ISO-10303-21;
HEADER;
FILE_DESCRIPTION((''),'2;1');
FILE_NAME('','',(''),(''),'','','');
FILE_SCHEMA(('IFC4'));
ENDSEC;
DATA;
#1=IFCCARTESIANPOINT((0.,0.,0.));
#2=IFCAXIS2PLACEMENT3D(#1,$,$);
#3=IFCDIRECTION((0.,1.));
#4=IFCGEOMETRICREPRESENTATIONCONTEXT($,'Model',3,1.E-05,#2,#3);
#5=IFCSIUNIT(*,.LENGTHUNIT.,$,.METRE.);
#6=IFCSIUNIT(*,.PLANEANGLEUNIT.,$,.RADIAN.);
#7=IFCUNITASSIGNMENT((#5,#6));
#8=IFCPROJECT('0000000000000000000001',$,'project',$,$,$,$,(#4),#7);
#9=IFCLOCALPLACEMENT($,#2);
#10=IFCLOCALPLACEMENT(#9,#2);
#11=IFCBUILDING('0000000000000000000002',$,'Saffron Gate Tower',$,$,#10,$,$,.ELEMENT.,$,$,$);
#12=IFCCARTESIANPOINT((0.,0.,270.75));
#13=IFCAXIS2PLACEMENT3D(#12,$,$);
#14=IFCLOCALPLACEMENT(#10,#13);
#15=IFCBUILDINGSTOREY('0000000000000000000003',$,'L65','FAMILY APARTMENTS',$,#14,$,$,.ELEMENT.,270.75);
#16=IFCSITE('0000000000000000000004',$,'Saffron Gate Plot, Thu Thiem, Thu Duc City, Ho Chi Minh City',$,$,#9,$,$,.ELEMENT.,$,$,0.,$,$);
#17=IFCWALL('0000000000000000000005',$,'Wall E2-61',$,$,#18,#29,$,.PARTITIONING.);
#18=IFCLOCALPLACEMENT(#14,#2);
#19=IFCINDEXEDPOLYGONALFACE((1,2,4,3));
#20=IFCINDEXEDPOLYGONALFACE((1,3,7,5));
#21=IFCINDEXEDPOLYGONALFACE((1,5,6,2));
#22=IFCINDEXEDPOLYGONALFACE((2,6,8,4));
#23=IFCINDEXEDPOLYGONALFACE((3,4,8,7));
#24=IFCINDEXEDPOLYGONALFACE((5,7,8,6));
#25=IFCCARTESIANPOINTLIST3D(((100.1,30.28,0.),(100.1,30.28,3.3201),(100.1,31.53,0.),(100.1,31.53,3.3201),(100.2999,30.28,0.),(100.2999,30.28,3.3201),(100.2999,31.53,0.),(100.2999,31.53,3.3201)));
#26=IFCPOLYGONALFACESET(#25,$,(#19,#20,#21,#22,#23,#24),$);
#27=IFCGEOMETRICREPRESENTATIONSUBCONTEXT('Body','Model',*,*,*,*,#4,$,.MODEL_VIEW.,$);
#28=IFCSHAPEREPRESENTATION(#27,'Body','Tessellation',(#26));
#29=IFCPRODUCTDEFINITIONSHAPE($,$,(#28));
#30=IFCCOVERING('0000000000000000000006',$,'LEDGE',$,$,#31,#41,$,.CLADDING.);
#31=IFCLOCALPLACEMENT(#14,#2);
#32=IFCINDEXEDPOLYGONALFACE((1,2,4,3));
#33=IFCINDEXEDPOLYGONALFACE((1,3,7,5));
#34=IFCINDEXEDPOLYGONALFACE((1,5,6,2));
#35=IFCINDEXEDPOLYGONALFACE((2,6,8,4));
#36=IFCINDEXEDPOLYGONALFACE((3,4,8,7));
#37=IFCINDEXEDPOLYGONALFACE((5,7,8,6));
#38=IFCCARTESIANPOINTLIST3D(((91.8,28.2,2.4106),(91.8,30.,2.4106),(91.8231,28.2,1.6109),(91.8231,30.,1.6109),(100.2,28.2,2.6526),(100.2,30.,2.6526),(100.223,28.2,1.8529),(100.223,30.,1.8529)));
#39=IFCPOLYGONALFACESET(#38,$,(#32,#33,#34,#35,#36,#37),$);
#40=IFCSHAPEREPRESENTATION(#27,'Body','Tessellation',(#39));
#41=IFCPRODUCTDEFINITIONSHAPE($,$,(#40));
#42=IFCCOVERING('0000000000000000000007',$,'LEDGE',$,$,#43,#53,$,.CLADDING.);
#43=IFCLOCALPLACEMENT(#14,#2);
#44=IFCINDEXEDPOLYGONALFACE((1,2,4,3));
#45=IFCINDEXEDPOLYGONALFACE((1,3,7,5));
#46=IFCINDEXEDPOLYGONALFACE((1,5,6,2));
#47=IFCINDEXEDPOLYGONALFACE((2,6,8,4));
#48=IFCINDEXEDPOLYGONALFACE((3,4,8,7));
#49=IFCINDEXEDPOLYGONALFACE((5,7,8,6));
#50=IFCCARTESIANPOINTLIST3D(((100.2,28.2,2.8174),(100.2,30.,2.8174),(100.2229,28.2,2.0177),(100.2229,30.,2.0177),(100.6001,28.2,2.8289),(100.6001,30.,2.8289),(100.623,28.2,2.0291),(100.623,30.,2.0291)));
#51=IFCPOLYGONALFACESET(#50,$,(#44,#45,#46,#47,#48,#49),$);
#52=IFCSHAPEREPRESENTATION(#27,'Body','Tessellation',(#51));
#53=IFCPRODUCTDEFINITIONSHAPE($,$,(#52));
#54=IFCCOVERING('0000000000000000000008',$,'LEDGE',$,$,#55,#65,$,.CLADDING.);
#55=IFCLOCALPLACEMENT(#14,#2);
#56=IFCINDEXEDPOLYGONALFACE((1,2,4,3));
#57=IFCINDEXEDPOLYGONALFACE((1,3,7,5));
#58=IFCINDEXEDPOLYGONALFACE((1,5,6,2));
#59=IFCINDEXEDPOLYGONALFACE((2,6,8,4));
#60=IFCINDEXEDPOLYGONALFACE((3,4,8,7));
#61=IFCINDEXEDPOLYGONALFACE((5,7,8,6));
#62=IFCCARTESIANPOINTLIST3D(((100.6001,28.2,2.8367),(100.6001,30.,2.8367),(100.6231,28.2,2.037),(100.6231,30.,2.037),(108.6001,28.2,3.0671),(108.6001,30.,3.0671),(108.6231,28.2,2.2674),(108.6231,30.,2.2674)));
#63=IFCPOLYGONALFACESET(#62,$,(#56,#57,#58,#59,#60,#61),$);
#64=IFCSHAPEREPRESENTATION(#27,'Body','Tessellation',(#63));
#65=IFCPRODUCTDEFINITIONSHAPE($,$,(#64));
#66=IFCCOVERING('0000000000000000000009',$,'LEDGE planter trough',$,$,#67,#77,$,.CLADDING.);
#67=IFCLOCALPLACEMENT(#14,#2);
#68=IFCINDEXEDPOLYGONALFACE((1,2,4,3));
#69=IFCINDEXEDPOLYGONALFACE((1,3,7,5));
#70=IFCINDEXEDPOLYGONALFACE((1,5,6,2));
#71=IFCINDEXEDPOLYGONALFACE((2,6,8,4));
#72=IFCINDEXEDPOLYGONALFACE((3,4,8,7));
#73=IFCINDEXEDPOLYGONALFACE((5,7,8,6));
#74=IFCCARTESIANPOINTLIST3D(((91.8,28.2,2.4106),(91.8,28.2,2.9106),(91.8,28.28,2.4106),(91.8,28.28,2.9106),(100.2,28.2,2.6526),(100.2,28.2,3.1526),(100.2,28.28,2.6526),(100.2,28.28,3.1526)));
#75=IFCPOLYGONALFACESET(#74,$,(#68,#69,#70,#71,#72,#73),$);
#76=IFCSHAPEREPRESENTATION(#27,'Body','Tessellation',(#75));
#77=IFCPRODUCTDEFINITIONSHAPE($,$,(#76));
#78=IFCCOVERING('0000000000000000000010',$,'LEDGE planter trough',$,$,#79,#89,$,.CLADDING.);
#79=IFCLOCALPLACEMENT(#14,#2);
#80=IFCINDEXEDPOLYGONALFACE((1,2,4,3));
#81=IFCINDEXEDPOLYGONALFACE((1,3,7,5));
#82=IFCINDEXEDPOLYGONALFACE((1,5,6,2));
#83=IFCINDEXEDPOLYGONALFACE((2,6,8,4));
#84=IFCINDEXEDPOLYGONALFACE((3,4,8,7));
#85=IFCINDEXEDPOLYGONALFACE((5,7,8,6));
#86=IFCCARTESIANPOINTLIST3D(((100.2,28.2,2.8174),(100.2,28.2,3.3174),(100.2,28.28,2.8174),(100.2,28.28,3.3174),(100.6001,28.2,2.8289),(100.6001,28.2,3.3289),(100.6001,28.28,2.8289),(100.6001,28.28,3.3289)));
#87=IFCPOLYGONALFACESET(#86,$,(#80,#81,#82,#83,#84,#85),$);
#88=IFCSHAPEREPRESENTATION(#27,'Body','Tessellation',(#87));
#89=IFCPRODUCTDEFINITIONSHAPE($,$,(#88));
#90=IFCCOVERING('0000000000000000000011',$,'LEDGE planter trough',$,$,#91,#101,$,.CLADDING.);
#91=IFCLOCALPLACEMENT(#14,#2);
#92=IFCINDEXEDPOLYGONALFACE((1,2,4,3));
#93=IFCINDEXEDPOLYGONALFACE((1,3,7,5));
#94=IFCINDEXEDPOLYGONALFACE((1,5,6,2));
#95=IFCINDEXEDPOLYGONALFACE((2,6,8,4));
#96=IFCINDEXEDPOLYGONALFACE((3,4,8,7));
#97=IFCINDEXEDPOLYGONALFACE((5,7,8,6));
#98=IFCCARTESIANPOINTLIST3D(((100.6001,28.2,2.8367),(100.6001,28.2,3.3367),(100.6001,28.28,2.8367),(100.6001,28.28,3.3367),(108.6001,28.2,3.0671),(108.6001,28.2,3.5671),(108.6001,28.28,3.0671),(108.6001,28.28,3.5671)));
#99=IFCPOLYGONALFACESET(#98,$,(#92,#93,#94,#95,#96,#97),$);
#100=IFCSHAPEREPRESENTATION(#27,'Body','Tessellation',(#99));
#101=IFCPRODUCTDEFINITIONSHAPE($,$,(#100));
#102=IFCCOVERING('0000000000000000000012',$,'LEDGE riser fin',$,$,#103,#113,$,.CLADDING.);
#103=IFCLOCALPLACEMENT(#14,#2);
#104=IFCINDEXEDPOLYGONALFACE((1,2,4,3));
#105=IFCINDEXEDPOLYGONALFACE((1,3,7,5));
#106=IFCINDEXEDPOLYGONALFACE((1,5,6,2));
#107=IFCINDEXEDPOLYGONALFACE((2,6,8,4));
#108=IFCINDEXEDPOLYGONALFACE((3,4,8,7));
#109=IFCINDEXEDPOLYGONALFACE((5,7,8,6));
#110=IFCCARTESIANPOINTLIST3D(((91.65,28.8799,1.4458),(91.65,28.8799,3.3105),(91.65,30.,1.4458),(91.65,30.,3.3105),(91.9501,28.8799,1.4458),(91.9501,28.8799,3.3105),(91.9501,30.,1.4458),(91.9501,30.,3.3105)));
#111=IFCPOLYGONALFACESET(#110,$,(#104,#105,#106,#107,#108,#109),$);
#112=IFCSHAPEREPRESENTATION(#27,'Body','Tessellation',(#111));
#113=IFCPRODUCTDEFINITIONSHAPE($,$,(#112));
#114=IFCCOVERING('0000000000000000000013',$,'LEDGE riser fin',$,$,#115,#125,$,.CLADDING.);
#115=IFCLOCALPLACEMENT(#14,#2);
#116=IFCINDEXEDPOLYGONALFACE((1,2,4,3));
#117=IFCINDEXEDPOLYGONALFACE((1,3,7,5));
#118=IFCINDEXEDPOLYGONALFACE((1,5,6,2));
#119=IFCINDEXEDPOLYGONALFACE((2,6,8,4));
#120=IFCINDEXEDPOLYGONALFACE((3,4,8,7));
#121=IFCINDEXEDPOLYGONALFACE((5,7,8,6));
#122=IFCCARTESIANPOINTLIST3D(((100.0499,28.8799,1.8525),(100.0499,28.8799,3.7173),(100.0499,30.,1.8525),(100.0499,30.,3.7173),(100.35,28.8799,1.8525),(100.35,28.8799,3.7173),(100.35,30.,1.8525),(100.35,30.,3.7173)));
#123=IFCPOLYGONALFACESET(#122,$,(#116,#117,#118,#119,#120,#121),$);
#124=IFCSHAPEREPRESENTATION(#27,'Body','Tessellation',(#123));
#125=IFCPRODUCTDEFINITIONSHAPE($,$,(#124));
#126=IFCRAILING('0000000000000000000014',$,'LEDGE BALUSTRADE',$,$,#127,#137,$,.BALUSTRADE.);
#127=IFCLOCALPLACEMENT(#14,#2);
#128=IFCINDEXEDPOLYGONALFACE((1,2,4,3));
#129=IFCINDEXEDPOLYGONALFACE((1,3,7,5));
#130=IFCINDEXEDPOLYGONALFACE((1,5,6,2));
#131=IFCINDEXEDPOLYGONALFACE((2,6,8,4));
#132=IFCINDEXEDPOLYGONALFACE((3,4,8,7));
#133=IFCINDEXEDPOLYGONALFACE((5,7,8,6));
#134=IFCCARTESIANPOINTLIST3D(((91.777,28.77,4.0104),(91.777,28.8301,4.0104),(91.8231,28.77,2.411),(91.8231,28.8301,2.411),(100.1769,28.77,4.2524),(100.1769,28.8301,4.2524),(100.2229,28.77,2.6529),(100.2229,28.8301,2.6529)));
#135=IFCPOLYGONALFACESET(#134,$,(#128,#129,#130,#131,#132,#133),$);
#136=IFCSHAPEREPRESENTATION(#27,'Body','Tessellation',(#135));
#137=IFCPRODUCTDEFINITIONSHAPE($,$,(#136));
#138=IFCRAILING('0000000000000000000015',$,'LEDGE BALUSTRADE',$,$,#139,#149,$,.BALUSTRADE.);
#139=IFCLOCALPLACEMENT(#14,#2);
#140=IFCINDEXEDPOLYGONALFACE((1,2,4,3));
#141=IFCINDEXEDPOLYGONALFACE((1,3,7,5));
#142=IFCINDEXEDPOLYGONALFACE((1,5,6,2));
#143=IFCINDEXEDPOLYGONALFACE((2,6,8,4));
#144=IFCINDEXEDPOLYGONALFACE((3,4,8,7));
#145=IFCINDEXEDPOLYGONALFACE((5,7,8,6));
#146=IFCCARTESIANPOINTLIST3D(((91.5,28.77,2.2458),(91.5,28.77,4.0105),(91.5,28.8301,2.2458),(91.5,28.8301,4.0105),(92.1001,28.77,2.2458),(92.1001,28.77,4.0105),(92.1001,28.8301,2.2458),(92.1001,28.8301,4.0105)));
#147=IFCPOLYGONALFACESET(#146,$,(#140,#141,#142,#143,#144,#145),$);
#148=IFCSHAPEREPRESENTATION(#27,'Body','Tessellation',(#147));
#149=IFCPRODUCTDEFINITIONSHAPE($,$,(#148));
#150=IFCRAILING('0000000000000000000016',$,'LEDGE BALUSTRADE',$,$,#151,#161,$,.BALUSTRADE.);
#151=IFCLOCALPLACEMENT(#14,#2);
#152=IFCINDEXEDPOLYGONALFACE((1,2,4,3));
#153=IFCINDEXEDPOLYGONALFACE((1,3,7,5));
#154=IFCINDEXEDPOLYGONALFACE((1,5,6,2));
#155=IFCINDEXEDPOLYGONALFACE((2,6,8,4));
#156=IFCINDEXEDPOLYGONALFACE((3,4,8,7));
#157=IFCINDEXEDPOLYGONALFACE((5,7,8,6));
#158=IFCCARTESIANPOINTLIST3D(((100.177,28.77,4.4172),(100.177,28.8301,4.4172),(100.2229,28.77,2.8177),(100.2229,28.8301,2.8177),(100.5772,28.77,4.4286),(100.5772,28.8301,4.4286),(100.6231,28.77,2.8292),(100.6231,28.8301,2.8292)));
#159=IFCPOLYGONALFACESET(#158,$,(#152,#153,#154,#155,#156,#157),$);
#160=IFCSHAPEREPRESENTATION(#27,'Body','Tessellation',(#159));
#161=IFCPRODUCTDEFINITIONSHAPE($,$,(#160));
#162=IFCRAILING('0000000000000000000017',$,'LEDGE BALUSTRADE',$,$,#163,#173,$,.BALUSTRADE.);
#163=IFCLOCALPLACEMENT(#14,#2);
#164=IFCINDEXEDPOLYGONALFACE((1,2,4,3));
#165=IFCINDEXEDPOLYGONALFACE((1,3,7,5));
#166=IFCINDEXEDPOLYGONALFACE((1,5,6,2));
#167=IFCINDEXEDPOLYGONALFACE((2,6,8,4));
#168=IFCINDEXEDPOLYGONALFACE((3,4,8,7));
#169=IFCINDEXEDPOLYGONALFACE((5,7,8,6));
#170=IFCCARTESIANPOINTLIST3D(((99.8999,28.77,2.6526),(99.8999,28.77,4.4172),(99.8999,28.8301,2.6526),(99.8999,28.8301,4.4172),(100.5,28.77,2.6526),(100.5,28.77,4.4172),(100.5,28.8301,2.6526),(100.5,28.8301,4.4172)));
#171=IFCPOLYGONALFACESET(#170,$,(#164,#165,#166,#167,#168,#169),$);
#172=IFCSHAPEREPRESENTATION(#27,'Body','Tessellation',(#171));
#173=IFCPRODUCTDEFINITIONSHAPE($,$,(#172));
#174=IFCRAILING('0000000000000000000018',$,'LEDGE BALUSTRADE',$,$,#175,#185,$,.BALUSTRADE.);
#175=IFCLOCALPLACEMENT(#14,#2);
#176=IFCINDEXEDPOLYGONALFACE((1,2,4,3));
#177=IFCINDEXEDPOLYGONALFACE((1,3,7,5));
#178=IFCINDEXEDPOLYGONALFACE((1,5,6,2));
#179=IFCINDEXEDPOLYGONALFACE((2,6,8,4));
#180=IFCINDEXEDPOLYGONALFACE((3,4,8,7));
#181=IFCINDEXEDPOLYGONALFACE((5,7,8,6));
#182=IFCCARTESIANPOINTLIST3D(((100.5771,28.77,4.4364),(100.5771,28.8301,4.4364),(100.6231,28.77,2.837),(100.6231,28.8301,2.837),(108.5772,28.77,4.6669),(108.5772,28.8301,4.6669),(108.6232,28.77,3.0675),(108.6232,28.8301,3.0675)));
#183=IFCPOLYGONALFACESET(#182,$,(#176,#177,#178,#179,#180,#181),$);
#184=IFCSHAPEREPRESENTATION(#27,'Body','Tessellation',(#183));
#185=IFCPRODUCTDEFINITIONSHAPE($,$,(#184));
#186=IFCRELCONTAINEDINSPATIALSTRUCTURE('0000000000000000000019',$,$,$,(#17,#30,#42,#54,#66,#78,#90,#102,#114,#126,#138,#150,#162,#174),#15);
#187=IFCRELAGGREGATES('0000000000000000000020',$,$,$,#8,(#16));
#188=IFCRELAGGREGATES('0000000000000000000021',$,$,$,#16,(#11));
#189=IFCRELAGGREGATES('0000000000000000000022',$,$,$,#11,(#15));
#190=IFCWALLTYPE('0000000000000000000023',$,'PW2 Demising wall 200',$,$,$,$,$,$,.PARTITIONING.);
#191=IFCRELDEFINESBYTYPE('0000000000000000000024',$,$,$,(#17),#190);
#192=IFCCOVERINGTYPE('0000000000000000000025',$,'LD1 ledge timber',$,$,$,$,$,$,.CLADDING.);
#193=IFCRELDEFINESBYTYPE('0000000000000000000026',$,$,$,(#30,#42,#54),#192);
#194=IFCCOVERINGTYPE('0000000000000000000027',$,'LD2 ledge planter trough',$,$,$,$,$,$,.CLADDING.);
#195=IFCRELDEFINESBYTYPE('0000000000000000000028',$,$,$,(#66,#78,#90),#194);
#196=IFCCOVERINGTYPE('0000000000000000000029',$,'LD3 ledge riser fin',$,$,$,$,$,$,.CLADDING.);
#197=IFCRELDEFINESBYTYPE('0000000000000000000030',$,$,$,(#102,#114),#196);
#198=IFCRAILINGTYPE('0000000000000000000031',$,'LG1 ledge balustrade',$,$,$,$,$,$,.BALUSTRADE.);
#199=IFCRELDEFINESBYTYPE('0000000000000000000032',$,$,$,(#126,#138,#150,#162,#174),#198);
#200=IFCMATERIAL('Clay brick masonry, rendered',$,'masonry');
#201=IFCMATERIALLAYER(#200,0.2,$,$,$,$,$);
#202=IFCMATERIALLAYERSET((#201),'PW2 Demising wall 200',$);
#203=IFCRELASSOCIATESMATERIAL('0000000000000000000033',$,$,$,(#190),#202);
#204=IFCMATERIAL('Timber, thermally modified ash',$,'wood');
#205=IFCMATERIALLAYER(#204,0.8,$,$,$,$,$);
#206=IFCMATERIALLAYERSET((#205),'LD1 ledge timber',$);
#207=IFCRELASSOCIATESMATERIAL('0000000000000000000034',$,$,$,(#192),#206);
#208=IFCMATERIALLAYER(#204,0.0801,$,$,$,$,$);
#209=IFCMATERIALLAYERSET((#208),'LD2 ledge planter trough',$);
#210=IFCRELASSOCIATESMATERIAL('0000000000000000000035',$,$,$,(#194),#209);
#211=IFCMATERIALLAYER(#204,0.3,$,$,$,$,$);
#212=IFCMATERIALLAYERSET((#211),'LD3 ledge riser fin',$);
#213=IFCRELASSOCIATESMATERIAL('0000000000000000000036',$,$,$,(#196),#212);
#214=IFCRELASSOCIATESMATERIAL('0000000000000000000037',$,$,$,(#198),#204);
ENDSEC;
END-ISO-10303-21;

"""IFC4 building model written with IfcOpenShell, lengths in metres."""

from ifc_helpers import new_model, si_unit, direction, frame, frame_2d, origin, origin_2d, place, context, subcontext, project, spatial, polyline, rectangle, outline, extrude, material, layer, layer_set, type_object, element, save


model = new_model("IFC4")

# Units and contexts
model_context = context("Model", 3, precision=1e-05, world=origin(), true_north=direction((0.0, 1.0)))
body_context = subcontext(model_context, "Body", "Model", "MODEL_VIEW")
ifc_project = project(units=[si_unit("LENGTHUNIT", "METRE"), si_unit("PLANEANGLEUNIT", "RADIAN")], contexts=[model_context])

# Site, building, storey
site_placement = place(None, origin())
site = spatial("IfcSite", under=ifc_project, at=site_placement, Name="Saffron Gate Plot, Thu Thiem, Thu Duc City, Ho Chi Minh City", CompositionType="ELEMENT", RefElevation=0.0)
building_placement = place(site_placement, origin())
building = spatial("IfcBuilding", under=site, at=building_placement, Name="Saffron Gate Tower", CompositionType="ELEMENT")
storey_placement = place(building_placement, frame((0.0, 0.0, 270.75)))
storey = spatial("IfcBuildingStorey", under=building, at=storey_placement, Name="L65", Description="FAMILY APARTMENTS", CompositionType="ELEMENT", Elevation=270.75)

# Wall
ifc_material_1 = material(Name="Clay brick masonry, rendered", Category="masonry")
ifc_layer_1 = layer(ifc_material_1, 0.2)
ifc_layer_set_1 = layer_set([ifc_layer_1], Name="PW2 Demising wall 200")
wall_type_1 = type_object("IfcWallType", Name="PW2 Demising wall 200", PredefinedType="PARTITIONING", material=ifc_layer_set_1)
wall_1_placement = place(storey_placement, frame((100.2, 31.53, 0.0), z_axis=(0.0, 0.0, 1.0), x_axis=(0.0, -1.0, 0.0)))
element("IfcWall", 1, at=wall_1_placement, inside=storey, type_object=wall_type_1, Name="Wall E2-61", PredefinedType="PARTITIONING", context=body_context, shape_type="SweptSolid", body=[
    extrude(rectangle(XDim=1.25, YDim=0.2, at=frame_2d((0.625, 0.0))), origin(), (0.0, 0.0, 1.0), 3.3201),
])

# Coverings
ifc_material_2 = material(Name="Timber, thermally modified ash", Category="wood")
ifc_layer_2 = layer(ifc_material_2, 0.8)
ifc_layer_set_2 = layer_set([ifc_layer_2], Name="LD1 ledge timber")
covering_type_1 = type_object("IfcCoveringType", Name="LD1 ledge timber", PredefinedType="CLADDING", material=ifc_layer_set_2)
covering_1_placement = place(storey_placement, frame((91.8, 30.0, 2.4106), z_axis=(-0.028791, 0.0, 0.999585), x_axis=(0.999585, 0.0, 0.028791)))
element("IfcCovering", 2, at=covering_1_placement, inside=storey, type_object=covering_type_1, Name="LEDGE", PredefinedType="CLADDING", context=body_context, shape_type="SweptSolid", body=[
    extrude(outline(polyline([(0.0, 0.0), (8.4034, 0.0), (8.4034, -1.8), (0.0, -1.8), (0.0, 0.0)])), origin(), (0.0, 0.0, -1.0), 0.8),
])
covering_2_placement = place(storey_placement, frame((100.2, 30.0, 2.8174), z_axis=(-0.028664, 0.0, 0.999589), x_axis=(0.999589, 0.0, 0.028664)))
element("IfcCovering", 3, at=covering_2_placement, inside=storey, type_object=covering_type_1, Name="LEDGE", PredefinedType="CLADDING", context=body_context, shape_type="SweptSolid", body=[
    extrude(outline(polyline([(0.0, 0.0), (0.4003, 0.0), (0.4003, -1.8), (0.0, -1.8), (0.0, 0.0)])), origin(), (0.0, 0.0, -1.0), 0.8),
])
covering_3_placement = place(storey_placement, frame((100.6001, 30.0, 2.8367), z_axis=(-0.028797, 0.0, 0.999585), x_axis=(0.999585, 0.0, 0.028797)))
element("IfcCovering", 4, at=covering_3_placement, inside=storey, type_object=covering_type_1, Name="LEDGE", PredefinedType="CLADDING", context=body_context, shape_type="SweptSolid", body=[
    extrude(outline(polyline([(0.0, 0.0), (8.0033, 0.0), (8.0033, -1.8), (0.0, -1.8), (0.0, 0.0)])), origin(), (0.0, 0.0, -1.0), 0.8),
])
ifc_layer_3 = layer(ifc_material_2, 0.0801)
ifc_layer_set_3 = layer_set([ifc_layer_3], Name="LD2 ledge planter trough")
covering_type_2 = type_object("IfcCoveringType", Name="LD2 ledge planter trough", PredefinedType="CLADDING", material=ifc_layer_set_3)
covering_4_placement = place(storey_placement, frame((91.8, 28.2, 2.4106), z_axis=(0.0, -1.0, 0.0), x_axis=(0.999585, 0.0, 0.028791)))
element("IfcCovering", 5, at=covering_4_placement, inside=storey, type_object=covering_type_2, Name="LEDGE planter trough", PredefinedType="CLADDING", context=body_context, shape_type="SweptSolid", body=[
    extrude(outline(polyline([(0.0, 0.0), (8.4034, 0.0), (8.4178, 0.4998), (0.0144, 0.4998), (0.0, 0.0)])), origin(), (0.0, 0.0, -1.0), 0.0801),
])
covering_5_placement = place(storey_placement, frame((100.2, 28.2, 2.8174), z_axis=(0.0, -1.0, 0.0), x_axis=(0.999589, 0.0, 0.028664)))
element("IfcCovering", 6, at=covering_5_placement, inside=storey, type_object=covering_type_2, Name="LEDGE planter trough", PredefinedType="CLADDING", context=body_context, shape_type="SweptSolid", body=[
    extrude(outline(polyline([(0.0, 0.0), (0.4003, 0.0), (0.4146, 0.4998), (0.0143, 0.4998), (0.0, 0.0)])), origin(), (0.0, 0.0, -1.0), 0.0801),
])
covering_6_placement = place(storey_placement, frame((100.6001, 28.2, 2.8367), z_axis=(0.0, -1.0, 0.0), x_axis=(0.999585, 0.0, 0.028797)))
element("IfcCovering", 7, at=covering_6_placement, inside=storey, type_object=covering_type_2, Name="LEDGE planter trough", PredefinedType="CLADDING", context=body_context, shape_type="SweptSolid", body=[
    extrude(outline(polyline([(0.0, 0.0), (8.0033, 0.0), (8.0177, 0.4998), (0.0144, 0.4998), (0.0, 0.0)])), origin(), (0.0, 0.0, -1.0), 0.0801),
])
ifc_layer_4 = layer(ifc_material_2, 0.3)
ifc_layer_set_4 = layer_set([ifc_layer_4], Name="LD3 ledge riser fin")
covering_type_3 = type_object("IfcCoveringType", Name="LD3 ledge riser fin", PredefinedType="CLADDING", material=ifc_layer_set_4)
for number, where, z_axis, x_axis, name in (
    (8, (91.8, 29.4399, 1.4458), (0.0, 0.0, 1.0), (1.0, 0.0, 0.0), "LEDGE riser fin"),
    (9, (100.2, 29.4399, 1.8525), (0.0, 0.0, 1.0), (1.0, 0.0, 0.0), "LEDGE riser fin"),
):
    element("IfcCovering", number, at=place(storey_placement, frame(where, z_axis=z_axis, x_axis=x_axis)), inside=storey, type_object=covering_type_3, Name=name, PredefinedType="CLADDING", context=body_context, shape_type="SweptSolid", body=[
        extrude(rectangle(XDim=0.3, YDim=1.1201, at=origin_2d()), origin(), (0.0, 0.0, 1.0), 1.8647),
    ])

# Railings
railing_type = type_object("IfcRailingType", Name="LG1 ledge balustrade", PredefinedType="BALUSTRADE", material=ifc_material_2)
railing_1_placement = place(storey_placement, frame((91.8, 28.8, 2.4106)))
element("IfcRailing", 10, at=railing_1_placement, inside=storey, type_object=railing_type, Name="LEDGE BALUSTRADE", PredefinedType="BALUSTRADE", context=body_context, shape_type="SweptSolid", body=[
    extrude(rectangle(XDim=0.0601, YDim=1.6001, at=origin_2d()), frame((0.0, 0.0, 0.8), z_axis=(0.999585, 0.0, 0.028791), x_axis=(0.0, 1.0, 0.0)), (0.0, 0.0, 1.0), 8.4033),
])
railing_2_placement = place(storey_placement, frame((91.5, 28.8, 2.2458)))
element("IfcRailing", 11, at=railing_2_placement, inside=storey, type_object=railing_type, Name="LEDGE BALUSTRADE", PredefinedType="BALUSTRADE", context=body_context, shape_type="SweptSolid", body=[
    extrude(rectangle(XDim=0.0601, YDim=1.7646, at=origin_2d()), frame((0.0, 0.0, 0.8823), z_axis=(1.0, 0.0, 0.0), x_axis=(0.0, 1.0, 0.0)), (0.0, 0.0, 1.0), 0.6001),
])
railing_3_placement = place(storey_placement, frame((100.2, 28.8, 2.8174)))
element("IfcRailing", 12, at=railing_3_placement, inside=storey, type_object=railing_type, Name="LEDGE BALUSTRADE", PredefinedType="BALUSTRADE", context=body_context, shape_type="SweptSolid", body=[
    extrude(rectangle(XDim=0.0601, YDim=1.6001, at=origin_2d()), frame((0.0, 0.0, 0.8), z_axis=(0.999589, 0.0, 0.028664), x_axis=(0.0, 1.0, 0.0)), (0.0, 0.0, 1.0), 0.4004),
])
railing_4_placement = place(storey_placement, frame((99.8999, 28.8, 2.6526)))
element("IfcRailing", 13, at=railing_4_placement, inside=storey, type_object=railing_type, Name="LEDGE BALUSTRADE", PredefinedType="BALUSTRADE", context=body_context, shape_type="SweptSolid", body=[
    extrude(rectangle(XDim=0.0601, YDim=1.7646, at=origin_2d()), frame((0.0, 0.0, 0.8823), z_axis=(1.0, 0.0, 0.0), x_axis=(0.0, 1.0, 0.0)), (0.0, 0.0, 1.0), 0.6001),
])
railing_5_placement = place(storey_placement, frame((100.6001, 28.8, 2.8367)))
element("IfcRailing", 14, at=railing_5_placement, inside=storey, type_object=railing_type, Name="LEDGE BALUSTRADE", PredefinedType="BALUSTRADE", context=body_context, shape_type="SweptSolid", body=[
    extrude(rectangle(XDim=0.0601, YDim=1.6001, at=origin_2d()), frame((0.0, 0.0, 0.8), z_axis=(0.999585, 0.0, 0.028797), x_axis=(0.0, 1.0, 0.0)), (0.0, 0.0, 1.0), 8.0034),
])

save(model, "model.ifc")
